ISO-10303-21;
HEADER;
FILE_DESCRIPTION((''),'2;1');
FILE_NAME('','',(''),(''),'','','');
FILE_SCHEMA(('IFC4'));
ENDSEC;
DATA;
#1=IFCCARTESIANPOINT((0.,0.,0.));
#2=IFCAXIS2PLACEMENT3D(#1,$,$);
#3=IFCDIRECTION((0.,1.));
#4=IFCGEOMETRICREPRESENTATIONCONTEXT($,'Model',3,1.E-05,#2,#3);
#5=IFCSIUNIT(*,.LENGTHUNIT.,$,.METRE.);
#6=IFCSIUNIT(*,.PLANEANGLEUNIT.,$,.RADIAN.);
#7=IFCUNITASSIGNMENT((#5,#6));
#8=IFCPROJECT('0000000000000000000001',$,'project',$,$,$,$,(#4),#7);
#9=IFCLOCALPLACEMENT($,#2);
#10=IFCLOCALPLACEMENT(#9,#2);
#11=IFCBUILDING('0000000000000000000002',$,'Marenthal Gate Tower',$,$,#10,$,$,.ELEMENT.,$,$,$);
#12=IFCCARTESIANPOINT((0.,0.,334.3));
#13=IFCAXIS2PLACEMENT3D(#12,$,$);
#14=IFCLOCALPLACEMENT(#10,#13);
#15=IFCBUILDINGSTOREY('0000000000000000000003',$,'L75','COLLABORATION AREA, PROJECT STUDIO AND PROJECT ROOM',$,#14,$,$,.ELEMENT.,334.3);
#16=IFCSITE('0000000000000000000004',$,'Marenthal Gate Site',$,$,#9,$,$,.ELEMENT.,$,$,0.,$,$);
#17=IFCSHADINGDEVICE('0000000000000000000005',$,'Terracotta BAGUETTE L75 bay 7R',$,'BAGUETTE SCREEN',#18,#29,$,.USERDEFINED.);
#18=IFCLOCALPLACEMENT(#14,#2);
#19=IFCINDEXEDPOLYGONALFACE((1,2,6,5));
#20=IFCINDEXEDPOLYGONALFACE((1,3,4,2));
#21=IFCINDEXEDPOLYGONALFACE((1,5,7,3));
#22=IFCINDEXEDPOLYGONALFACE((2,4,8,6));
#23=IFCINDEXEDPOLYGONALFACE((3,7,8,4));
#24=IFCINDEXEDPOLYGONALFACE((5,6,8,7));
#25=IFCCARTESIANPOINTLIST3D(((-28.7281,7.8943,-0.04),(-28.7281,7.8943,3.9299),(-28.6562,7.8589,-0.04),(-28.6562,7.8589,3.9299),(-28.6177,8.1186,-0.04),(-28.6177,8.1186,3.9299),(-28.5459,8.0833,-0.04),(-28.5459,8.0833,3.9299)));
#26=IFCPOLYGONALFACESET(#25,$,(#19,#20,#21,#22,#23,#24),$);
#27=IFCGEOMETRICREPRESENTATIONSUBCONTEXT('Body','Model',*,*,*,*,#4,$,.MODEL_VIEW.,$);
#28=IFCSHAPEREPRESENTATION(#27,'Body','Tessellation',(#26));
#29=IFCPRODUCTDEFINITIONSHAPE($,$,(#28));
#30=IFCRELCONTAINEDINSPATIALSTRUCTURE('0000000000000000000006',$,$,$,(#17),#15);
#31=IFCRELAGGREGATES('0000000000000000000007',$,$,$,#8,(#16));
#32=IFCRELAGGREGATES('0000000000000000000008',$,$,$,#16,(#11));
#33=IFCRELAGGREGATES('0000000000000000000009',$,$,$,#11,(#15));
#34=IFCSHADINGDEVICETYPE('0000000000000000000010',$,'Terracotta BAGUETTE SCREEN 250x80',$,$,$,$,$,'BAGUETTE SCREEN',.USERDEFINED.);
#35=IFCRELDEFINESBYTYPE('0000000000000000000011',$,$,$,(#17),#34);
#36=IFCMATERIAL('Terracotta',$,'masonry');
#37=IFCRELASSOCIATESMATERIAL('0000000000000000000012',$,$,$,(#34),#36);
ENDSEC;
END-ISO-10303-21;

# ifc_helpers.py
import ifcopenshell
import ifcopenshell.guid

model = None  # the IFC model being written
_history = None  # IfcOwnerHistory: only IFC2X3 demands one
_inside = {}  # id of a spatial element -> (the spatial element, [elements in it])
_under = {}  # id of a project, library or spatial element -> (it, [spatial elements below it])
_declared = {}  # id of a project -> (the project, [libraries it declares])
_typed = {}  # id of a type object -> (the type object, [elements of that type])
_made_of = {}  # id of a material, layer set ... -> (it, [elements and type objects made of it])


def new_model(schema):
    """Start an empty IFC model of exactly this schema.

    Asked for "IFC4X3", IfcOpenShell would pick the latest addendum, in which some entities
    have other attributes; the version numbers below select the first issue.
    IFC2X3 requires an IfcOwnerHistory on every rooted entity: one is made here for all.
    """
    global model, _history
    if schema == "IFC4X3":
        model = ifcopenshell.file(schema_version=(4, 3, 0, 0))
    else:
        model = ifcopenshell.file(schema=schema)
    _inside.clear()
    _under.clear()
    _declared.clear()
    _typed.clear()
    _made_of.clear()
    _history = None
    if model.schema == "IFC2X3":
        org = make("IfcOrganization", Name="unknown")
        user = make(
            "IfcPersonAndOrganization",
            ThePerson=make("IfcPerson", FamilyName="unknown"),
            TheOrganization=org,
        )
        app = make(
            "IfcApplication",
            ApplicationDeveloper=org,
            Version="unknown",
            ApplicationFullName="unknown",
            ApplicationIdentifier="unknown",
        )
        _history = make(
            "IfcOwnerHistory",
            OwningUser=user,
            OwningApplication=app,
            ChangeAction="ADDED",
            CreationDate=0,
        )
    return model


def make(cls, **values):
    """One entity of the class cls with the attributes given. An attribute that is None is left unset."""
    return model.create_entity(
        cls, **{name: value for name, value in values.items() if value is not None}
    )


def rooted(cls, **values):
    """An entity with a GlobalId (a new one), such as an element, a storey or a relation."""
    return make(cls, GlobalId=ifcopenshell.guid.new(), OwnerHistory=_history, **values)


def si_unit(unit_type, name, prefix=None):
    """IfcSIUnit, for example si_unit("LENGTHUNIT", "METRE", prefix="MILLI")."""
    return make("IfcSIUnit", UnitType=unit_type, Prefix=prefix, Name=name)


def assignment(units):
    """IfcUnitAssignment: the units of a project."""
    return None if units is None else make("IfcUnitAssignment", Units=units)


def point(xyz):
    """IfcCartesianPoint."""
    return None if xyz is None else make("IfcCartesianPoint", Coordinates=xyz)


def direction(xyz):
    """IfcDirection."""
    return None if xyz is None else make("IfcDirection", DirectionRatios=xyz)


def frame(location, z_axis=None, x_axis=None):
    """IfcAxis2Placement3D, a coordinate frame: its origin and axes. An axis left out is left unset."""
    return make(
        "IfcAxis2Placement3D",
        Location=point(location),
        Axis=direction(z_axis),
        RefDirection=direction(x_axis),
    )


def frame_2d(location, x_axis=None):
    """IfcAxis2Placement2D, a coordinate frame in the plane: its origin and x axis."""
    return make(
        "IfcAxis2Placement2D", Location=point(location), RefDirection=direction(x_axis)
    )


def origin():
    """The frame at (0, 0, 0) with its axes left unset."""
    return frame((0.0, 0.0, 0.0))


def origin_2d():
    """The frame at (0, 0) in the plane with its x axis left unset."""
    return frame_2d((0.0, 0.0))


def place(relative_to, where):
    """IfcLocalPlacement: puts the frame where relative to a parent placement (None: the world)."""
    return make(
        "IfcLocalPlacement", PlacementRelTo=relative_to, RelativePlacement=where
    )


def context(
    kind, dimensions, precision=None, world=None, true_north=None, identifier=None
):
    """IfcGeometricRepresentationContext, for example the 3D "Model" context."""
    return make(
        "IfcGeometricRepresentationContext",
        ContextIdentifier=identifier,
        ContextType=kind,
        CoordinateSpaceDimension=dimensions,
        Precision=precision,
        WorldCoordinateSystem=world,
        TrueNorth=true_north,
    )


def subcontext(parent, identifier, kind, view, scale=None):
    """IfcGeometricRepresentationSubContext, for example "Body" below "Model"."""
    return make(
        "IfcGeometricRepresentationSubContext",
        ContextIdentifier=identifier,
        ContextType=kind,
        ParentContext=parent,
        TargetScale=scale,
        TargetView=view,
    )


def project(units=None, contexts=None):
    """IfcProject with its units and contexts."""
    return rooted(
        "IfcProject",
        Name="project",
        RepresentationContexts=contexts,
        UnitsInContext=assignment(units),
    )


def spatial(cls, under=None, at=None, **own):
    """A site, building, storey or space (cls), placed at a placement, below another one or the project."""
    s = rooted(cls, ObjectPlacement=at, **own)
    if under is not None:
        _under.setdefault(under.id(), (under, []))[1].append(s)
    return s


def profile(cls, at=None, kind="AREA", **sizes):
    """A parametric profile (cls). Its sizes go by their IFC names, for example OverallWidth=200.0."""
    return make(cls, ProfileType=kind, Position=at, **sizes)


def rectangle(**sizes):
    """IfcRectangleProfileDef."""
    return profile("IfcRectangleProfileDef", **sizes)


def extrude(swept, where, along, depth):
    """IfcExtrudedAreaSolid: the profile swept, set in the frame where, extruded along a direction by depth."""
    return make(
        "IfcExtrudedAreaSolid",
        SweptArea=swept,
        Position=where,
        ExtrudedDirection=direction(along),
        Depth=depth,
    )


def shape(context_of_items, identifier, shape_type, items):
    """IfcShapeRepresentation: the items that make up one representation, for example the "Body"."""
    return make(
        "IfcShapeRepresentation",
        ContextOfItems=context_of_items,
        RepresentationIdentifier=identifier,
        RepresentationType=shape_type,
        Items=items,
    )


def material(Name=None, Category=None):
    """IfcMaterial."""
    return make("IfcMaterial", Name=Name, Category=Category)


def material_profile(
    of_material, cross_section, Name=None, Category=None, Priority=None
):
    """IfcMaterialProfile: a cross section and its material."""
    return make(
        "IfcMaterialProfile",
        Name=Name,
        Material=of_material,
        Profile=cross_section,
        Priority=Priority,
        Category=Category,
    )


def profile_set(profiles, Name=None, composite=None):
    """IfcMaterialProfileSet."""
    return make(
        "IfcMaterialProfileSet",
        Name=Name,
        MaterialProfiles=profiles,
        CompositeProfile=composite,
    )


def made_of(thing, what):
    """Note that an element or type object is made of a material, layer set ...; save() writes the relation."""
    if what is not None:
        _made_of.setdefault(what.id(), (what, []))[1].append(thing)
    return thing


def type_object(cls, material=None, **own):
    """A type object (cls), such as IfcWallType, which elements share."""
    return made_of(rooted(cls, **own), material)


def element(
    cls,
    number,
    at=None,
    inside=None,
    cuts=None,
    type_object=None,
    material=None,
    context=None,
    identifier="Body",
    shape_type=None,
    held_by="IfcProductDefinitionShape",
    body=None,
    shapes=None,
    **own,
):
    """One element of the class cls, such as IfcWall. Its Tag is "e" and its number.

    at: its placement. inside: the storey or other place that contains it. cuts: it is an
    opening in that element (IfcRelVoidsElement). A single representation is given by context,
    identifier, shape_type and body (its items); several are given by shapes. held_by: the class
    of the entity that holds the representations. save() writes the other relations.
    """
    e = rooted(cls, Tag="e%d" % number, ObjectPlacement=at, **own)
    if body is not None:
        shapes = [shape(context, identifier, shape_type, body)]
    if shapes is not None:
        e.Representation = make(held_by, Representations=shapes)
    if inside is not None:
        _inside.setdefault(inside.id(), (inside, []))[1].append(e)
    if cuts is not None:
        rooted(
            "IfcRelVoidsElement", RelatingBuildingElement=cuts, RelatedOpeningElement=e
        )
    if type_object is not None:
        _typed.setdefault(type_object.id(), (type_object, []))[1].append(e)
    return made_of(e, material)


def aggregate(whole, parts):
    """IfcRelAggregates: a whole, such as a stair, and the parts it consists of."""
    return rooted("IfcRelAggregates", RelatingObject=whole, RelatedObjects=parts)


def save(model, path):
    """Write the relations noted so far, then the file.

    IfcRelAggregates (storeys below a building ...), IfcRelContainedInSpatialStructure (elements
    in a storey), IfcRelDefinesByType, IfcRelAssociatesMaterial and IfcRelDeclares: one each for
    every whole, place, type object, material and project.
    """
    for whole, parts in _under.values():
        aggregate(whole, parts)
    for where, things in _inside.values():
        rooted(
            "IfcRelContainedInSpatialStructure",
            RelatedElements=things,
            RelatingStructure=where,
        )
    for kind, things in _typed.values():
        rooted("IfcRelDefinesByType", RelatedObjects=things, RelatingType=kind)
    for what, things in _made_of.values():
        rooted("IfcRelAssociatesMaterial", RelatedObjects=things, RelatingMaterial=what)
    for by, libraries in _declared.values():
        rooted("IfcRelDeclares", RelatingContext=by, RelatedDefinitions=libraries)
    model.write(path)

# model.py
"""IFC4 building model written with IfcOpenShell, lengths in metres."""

from ifc_helpers import new_model, si_unit, direction, frame, origin, origin_2d, place, context, subcontext, project, spatial, rectangle, extrude, material, material_profile, profile_set, type_object, element, save


model = new_model("IFC4")

# Units and contexts
model_context = context("Model", 3, precision=1e-05, world=origin(), true_north=direction((0.0, 1.0)))
body_context = subcontext(model_context, "Body", "Model", "MODEL_VIEW")
ifc_project = project(units=[si_unit("LENGTHUNIT", "METRE"), si_unit("PLANEANGLEUNIT", "RADIAN")], contexts=[model_context])

# Site, building, storey
site_placement = place(None, origin())
site = spatial("IfcSite", under=ifc_project, at=site_placement, Name="Marenthal Gate Site", CompositionType="ELEMENT", RefElevation=0.0)
building_placement = place(site_placement, origin())
building = spatial("IfcBuilding", under=site, at=building_placement, Name="Marenthal Gate Tower", CompositionType="ELEMENT")
storey_placement = place(building_placement, frame((0.0, 0.0, 334.3)))
storey = spatial("IfcBuildingStorey", under=building, at=storey_placement, Name="L75", Description="COLLABORATION AREA, PROJECT STUDIO AND PROJECT ROOM", CompositionType="ELEMENT", Elevation=334.3)

# Shading device
ifc_material_1 = material(Name="Terracotta", Category="masonry")
ifc_material_profile_1 = material_profile(ifc_material_1, rectangle(XDim=0.25, YDim=0.0801, at=origin_2d()), Name="Terracotta baguette 250x80")
ifc_profile_set_1 = profile_set([ifc_material_profile_1], Name="Terracotta")
shading_device_type = type_object("IfcShadingDeviceType", Name="Terracotta BAGUETTE SCREEN 250x80", ElementType="BAGUETTE SCREEN", PredefinedType="USERDEFINED", material=ifc_profile_set_1)
shading_device_placement = place(storey_placement, frame((-28.637, 7.9888, -0.04), z_axis=(0.0, 0.0, 1.0), x_axis=(-0.441298, -0.897361, 0.0)))
element("IfcShadingDevice", 1, at=shading_device_placement, inside=storey, type_object=shading_device_type, Name="Terracotta BAGUETTE L75 bay 7R", ObjectType="BAGUETTE SCREEN", PredefinedType="USERDEFINED", context=body_context, shape_type="SweptSolid", body=[
    extrude(rectangle(XDim=0.25, YDim=0.0801, at=origin_2d()), origin(), (0.0, 0.0, 1.0), 3.97),
])

save(model, "model.ifc")
